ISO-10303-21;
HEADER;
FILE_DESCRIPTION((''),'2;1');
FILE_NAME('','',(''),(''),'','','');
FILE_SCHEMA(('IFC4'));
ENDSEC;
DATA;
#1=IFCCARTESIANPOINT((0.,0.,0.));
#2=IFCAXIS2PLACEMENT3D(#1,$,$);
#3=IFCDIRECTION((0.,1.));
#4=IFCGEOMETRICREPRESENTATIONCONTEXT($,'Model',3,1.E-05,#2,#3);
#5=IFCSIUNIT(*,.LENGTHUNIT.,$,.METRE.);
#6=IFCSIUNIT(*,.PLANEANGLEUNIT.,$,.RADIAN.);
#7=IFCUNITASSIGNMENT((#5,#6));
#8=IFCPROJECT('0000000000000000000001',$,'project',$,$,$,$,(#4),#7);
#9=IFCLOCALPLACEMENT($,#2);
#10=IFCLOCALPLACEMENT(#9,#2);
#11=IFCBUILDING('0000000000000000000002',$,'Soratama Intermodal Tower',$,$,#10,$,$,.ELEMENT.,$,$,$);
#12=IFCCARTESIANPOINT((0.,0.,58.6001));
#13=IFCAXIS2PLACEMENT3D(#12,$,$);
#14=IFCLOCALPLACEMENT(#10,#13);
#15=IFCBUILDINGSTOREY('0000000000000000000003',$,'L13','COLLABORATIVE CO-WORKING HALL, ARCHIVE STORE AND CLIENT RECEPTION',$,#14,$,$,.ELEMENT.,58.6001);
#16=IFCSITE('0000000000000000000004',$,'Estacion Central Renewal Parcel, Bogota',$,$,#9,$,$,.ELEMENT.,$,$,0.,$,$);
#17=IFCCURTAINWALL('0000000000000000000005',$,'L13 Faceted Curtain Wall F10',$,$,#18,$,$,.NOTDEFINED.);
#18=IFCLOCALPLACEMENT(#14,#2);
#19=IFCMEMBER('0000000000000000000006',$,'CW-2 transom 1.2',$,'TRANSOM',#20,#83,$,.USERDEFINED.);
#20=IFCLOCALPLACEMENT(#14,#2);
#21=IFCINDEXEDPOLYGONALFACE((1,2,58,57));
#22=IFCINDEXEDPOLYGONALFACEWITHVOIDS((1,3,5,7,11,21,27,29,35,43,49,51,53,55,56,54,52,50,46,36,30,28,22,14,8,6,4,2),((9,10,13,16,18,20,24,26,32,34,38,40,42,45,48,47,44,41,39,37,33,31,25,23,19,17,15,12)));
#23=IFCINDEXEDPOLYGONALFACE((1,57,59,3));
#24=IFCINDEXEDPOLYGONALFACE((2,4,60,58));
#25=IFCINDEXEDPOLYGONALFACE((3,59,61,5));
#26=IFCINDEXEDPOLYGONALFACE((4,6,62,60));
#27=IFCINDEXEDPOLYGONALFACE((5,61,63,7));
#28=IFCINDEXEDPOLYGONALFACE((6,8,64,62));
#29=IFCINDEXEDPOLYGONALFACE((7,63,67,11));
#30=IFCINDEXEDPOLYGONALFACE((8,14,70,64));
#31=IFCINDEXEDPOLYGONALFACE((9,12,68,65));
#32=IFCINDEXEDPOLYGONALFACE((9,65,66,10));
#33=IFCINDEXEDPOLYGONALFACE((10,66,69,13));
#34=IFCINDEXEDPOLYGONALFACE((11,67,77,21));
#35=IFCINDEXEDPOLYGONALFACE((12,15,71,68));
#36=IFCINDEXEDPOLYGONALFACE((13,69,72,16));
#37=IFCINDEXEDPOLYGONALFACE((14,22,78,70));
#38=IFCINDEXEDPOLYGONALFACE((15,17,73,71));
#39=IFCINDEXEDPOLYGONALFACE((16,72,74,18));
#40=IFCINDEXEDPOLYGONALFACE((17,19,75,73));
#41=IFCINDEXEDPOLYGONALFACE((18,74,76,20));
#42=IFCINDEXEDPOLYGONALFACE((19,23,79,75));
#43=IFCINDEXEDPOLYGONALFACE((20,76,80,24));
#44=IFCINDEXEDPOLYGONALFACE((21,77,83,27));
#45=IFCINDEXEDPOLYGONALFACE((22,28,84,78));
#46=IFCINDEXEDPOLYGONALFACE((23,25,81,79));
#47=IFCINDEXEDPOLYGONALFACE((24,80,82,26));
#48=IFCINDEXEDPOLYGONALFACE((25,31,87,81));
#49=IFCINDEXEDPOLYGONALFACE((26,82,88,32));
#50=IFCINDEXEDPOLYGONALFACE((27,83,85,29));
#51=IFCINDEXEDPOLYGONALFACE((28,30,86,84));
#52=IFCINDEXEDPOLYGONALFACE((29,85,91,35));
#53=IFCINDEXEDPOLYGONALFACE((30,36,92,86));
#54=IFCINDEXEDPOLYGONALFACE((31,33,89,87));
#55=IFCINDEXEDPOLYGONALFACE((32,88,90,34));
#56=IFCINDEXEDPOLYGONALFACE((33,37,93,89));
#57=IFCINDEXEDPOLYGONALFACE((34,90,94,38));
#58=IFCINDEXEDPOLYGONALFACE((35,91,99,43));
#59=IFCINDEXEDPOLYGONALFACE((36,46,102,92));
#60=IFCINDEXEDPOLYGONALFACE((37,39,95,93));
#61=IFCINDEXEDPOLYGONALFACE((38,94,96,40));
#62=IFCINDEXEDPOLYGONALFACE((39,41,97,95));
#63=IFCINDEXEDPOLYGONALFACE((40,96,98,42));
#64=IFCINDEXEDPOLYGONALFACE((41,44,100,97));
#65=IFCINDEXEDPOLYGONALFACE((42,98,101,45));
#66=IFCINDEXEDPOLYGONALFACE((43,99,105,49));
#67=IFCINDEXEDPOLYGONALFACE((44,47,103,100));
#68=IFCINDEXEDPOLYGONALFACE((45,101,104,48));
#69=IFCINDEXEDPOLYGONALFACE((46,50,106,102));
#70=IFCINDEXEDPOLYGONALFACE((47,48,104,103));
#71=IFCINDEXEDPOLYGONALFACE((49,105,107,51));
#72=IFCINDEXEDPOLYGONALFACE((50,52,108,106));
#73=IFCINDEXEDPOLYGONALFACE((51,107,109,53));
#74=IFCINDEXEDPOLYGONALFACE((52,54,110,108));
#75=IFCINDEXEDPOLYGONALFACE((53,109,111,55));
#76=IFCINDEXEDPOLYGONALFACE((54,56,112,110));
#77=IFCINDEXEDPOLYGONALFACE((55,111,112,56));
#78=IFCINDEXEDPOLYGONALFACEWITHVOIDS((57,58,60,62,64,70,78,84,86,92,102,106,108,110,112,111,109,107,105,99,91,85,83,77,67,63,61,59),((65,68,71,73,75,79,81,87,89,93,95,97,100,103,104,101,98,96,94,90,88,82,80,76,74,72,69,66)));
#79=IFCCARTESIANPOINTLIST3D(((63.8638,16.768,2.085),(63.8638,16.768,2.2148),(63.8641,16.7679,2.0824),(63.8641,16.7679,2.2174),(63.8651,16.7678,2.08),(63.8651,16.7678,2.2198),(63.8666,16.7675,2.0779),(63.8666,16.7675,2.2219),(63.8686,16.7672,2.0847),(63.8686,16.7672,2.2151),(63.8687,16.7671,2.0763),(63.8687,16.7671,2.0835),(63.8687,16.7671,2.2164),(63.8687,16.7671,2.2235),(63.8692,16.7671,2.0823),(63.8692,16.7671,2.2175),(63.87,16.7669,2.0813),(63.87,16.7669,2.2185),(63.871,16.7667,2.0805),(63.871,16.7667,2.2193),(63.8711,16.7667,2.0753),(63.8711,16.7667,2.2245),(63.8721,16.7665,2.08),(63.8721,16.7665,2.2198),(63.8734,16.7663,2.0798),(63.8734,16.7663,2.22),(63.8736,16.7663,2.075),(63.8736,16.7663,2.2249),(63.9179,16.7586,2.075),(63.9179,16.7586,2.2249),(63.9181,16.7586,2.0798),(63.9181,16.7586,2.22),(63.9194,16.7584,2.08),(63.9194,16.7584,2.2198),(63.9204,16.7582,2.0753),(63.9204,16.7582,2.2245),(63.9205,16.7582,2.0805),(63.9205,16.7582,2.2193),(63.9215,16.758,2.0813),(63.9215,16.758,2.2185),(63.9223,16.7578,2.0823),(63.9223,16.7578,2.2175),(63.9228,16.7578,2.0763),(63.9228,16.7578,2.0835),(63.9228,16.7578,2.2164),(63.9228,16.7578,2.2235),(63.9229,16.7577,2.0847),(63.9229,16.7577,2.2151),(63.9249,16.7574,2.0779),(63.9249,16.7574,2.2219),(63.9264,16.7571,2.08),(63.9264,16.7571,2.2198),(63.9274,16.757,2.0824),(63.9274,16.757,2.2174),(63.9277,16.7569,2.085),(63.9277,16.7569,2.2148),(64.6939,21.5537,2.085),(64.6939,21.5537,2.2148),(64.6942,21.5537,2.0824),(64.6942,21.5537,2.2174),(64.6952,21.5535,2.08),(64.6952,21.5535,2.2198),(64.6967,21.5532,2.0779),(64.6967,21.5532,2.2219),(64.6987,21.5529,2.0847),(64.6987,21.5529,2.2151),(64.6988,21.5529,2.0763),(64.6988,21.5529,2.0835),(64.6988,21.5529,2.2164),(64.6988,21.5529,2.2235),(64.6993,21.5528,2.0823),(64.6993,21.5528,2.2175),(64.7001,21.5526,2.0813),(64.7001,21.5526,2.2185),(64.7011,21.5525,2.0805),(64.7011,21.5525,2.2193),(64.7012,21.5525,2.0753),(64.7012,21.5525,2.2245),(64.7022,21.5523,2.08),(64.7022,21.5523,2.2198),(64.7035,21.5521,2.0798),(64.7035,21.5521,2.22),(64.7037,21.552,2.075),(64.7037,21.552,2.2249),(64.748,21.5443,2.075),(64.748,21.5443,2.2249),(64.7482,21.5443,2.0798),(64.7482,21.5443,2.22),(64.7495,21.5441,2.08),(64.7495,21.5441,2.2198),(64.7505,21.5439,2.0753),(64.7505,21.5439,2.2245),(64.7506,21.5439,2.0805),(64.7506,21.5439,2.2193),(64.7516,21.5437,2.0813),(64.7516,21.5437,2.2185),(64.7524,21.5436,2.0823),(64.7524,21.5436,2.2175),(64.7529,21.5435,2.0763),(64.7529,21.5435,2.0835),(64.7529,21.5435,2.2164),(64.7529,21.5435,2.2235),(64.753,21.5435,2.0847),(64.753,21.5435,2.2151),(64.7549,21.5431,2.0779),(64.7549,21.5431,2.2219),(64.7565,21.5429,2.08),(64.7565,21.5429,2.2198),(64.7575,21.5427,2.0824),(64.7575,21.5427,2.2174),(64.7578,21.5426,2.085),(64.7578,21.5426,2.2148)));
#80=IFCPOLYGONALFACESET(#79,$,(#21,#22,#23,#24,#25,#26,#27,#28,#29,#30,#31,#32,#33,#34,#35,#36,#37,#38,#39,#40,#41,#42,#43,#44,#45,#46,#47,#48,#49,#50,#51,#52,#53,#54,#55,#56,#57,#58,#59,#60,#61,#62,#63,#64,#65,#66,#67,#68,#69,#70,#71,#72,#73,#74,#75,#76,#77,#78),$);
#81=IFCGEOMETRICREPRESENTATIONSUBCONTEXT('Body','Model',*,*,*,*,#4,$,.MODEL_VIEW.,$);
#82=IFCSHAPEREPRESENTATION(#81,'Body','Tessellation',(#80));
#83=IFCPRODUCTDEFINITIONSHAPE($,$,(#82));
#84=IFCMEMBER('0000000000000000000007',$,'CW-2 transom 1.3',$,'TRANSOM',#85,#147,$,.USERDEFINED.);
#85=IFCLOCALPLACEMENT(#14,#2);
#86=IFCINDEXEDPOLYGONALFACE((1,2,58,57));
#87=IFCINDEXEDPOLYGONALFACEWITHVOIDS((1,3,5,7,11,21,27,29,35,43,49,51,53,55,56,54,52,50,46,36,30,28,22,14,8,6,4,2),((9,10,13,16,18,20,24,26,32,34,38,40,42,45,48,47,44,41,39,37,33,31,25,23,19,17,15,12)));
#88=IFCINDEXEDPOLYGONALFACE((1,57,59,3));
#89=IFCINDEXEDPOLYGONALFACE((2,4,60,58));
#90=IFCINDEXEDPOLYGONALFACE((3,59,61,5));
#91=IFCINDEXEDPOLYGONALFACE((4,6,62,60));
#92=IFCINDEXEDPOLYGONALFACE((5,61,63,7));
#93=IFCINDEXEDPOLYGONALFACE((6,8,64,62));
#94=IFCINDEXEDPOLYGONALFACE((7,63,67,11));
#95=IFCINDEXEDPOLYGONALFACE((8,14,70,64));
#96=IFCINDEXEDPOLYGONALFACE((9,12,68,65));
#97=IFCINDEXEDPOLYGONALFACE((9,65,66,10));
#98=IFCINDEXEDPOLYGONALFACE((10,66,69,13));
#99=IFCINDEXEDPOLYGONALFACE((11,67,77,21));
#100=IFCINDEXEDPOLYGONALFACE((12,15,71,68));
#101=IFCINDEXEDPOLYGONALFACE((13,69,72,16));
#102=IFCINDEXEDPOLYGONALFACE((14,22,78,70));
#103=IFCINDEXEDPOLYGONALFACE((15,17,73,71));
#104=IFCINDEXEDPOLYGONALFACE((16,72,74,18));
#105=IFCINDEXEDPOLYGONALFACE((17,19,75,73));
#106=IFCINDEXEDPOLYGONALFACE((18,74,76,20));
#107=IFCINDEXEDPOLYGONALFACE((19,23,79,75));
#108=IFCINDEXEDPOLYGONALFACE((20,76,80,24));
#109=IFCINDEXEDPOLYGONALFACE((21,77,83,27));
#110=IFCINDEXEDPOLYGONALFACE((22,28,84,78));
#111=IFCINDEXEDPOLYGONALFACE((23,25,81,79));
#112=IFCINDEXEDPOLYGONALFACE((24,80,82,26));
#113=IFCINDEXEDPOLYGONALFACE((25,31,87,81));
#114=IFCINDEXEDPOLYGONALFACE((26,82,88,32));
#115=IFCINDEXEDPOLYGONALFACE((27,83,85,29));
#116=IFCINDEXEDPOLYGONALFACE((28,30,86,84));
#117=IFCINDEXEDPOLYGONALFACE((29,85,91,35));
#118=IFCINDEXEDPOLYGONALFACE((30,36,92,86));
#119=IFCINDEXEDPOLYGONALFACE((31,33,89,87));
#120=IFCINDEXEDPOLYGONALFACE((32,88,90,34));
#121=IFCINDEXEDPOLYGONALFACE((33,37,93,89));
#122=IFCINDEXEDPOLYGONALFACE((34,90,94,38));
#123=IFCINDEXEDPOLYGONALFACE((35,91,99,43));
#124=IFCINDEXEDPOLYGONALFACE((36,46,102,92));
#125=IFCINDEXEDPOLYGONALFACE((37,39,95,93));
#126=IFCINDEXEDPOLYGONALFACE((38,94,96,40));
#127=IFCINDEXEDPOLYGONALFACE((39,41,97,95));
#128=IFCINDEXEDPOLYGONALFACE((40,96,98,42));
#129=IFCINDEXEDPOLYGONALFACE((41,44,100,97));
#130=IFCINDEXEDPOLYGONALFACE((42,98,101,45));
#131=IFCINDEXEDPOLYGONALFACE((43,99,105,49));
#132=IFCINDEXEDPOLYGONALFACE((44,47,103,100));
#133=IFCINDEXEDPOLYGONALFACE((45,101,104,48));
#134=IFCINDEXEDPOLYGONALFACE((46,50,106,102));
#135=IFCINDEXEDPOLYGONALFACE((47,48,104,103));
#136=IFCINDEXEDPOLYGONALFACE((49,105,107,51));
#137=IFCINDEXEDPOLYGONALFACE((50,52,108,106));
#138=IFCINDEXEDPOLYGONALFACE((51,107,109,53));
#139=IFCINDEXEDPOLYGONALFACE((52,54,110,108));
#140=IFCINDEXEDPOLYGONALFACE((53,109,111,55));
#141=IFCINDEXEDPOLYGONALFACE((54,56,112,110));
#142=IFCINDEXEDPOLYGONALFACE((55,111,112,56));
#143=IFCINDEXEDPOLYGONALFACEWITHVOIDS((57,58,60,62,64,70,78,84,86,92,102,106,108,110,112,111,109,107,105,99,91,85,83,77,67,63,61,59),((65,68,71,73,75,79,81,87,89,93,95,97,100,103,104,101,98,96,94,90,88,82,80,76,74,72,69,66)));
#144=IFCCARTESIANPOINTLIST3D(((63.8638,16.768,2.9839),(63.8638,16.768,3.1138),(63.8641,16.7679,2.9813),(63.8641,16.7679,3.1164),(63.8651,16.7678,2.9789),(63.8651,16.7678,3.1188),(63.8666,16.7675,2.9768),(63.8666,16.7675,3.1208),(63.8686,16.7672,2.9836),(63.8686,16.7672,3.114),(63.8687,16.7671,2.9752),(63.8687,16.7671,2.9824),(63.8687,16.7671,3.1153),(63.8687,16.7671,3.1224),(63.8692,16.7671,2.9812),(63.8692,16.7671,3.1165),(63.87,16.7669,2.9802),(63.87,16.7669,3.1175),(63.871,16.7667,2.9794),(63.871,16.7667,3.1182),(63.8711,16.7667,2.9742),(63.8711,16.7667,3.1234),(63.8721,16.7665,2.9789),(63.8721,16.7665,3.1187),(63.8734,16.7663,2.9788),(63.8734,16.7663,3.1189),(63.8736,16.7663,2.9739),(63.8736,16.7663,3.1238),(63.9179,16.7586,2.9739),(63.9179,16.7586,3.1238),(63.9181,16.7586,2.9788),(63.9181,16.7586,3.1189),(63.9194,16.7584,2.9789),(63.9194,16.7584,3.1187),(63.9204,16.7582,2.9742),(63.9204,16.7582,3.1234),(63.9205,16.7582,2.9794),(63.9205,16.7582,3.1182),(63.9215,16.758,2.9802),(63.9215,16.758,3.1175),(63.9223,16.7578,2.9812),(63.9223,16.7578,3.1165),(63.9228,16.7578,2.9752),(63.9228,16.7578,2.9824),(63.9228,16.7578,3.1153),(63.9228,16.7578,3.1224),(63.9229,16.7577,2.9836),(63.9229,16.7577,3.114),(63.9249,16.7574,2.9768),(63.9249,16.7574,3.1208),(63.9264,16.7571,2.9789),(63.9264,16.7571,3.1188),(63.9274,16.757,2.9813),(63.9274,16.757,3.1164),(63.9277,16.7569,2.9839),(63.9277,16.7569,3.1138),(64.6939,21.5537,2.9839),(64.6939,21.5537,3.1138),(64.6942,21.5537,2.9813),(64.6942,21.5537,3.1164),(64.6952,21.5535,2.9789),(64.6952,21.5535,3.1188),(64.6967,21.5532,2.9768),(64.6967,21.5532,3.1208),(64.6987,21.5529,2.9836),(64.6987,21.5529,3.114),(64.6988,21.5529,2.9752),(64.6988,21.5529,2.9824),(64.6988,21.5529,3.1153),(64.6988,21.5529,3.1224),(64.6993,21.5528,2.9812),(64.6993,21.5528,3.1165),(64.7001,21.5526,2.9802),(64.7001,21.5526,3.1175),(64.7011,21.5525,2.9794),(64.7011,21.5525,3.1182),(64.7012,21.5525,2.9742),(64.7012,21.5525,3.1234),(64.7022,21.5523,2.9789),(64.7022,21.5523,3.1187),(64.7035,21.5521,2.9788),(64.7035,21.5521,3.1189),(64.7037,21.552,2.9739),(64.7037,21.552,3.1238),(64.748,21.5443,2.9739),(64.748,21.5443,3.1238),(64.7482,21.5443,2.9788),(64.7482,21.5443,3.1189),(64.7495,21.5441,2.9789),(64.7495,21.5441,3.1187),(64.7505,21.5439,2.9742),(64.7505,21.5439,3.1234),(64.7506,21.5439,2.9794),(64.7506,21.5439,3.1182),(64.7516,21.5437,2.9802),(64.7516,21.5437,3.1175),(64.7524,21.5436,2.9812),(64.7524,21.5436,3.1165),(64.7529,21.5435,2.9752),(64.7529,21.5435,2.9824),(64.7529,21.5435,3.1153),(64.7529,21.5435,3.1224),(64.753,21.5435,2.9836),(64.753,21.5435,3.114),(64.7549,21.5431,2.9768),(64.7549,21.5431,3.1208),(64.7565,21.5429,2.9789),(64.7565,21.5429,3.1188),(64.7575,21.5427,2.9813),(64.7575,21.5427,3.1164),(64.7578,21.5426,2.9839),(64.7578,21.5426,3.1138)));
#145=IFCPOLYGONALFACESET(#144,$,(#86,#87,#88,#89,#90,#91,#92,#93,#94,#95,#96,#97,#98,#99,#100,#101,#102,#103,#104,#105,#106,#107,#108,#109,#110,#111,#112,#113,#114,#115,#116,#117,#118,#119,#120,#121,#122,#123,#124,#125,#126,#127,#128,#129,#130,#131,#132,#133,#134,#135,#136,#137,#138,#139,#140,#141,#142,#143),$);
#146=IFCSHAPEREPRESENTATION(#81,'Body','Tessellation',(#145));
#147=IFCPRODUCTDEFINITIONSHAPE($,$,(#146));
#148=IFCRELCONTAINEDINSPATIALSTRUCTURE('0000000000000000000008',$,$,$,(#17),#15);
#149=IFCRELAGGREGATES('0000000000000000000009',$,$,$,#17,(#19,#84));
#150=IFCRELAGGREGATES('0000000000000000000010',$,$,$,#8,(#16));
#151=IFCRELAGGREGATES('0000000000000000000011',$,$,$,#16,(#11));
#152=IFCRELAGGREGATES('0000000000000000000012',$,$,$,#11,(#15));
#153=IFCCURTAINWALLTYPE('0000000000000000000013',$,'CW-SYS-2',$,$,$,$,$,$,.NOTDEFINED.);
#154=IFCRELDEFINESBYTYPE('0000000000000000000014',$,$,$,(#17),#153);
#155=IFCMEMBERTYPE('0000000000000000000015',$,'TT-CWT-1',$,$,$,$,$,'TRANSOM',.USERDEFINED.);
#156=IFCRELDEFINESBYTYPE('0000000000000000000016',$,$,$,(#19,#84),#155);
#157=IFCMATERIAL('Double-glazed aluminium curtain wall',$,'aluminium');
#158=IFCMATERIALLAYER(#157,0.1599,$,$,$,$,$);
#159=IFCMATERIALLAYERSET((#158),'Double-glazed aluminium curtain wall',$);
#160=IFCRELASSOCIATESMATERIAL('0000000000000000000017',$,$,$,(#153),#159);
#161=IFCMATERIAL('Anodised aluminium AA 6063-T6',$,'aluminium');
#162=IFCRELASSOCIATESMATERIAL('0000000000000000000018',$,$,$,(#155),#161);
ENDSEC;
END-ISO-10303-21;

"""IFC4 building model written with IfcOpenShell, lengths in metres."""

from ifc_helpers import new_model, si_unit, direction, frame, origin, origin_2d, place, context, subcontext, project, spatial, hollow_rectangle, extrude, material, layer, layer_set, material_profile, profile_set, type_object, element, aggregate, save


model = new_model("IFC4")

# Units and contexts
model_context = context("Model", 3, precision=1e-05, world=origin(), true_north=direction((0.0, 1.0)))
body_context = subcontext(model_context, "Body", "Model", "MODEL_VIEW")
ifc_project = project(units=[si_unit("LENGTHUNIT", "METRE"), si_unit("PLANEANGLEUNIT", "RADIAN")], contexts=[model_context])

# Site, building, storey
site_placement = place(None, origin())
site = spatial("IfcSite", under=ifc_project, at=site_placement, Name="Estacion Central Renewal Parcel, Bogota", CompositionType="ELEMENT", RefElevation=0.0)
building_placement = place(site_placement, origin())
building = spatial("IfcBuilding", under=site, at=building_placement, Name="Soratama Intermodal Tower", CompositionType="ELEMENT")
storey_placement = place(building_placement, frame((0.0, 0.0, 58.6001)))
storey = spatial("IfcBuildingStorey", under=building, at=storey_placement, Name="L13", Description="COLLABORATIVE CO-WORKING HALL, ARCHIVE STORE AND CLIENT RECEPTION", CompositionType="ELEMENT", Elevation=58.6001)

# Shared definitions
ifc_material_1 = material(Name="Double-glazed aluminium curtain wall", Category="aluminium")
ifc_layer_1 = layer(ifc_material_1, 0.1599)
ifc_layer_set_1 = layer_set([ifc_layer_1], Name="Double-glazed aluminium curtain wall")
curtain_wall_type = type_object("IfcCurtainWallType", Name="CW-SYS-2", PredefinedType="NOTDEFINED", material=ifc_layer_set_1)

# Curtain wall, members
curtain_wall_1_placement = place(storey_placement, origin())
curtain_wall_1 = element("IfcCurtainWall", 1, at=curtain_wall_1_placement, inside=storey, type_object=curtain_wall_type, Name="L13 Faceted Curtain Wall F10", PredefinedType="NOTDEFINED")
ifc_material_2 = material(Name="Anodised aluminium AA 6063-T6", Category="aluminium")
ifc_material_profile_1 = material_profile(ifc_material_2, hollow_rectangle(XDim=0.0649, YDim=0.1499, WallThickness=0.0049, InnerFilletRadius=0.0049, OuterFilletRadius=0.01, at=origin_2d()), Name="CWT150X65X5")
ifc_profile_set_1 = profile_set([ifc_material_profile_1], Name="Anodised aluminium AA 6063-T6")
member_type_1 = type_object("IfcMemberType", Name="TT-CWT-1", ElementType="TRANSOM", PredefinedType="USERDEFINED", material=ifc_profile_set_1)
member_1_placement = place(storey_placement, frame((63.8958, 16.7625, 2.1499), z_axis=(0.1709, 0.985288, 0.0), x_axis=(-0.985288, 0.1709, 0.0)))
member_1 = element("IfcMember", 2, at=member_1_placement, type_object=member_type_1, Name="CW-2 transom 1.2", ObjectType="TRANSOM", PredefinedType="USERDEFINED", context=body_context, shape_type="SweptSolid", body=[
    extrude(hollow_rectangle(XDim=0.0649, YDim=0.1499, WallThickness=0.0049, InnerFilletRadius=0.0049, OuterFilletRadius=0.01, at=origin_2d()), origin(), (0.0, 0.0, 1.0), 4.8572),
])
member_2_placement = place(storey_placement, frame((63.8958, 16.7625, 3.0488), z_axis=(0.1709, 0.985288, 0.0), x_axis=(-0.985288, 0.1709, 0.0)))
member_2 = element("IfcMember", 3, at=member_2_placement, type_object=member_type_1, Name="CW-2 transom 1.3", ObjectType="TRANSOM", PredefinedType="USERDEFINED", context=body_context, shape_type="SweptSolid", body=[
    extrude(hollow_rectangle(XDim=0.0649, YDim=0.1499, WallThickness=0.0049, InnerFilletRadius=0.0049, OuterFilletRadius=0.01, at=origin_2d()), origin(), (0.0, 0.0, 1.0), 4.8572),
])
aggregate(curtain_wall_1, [member_1, member_2])

save(model, "model.ifc")
